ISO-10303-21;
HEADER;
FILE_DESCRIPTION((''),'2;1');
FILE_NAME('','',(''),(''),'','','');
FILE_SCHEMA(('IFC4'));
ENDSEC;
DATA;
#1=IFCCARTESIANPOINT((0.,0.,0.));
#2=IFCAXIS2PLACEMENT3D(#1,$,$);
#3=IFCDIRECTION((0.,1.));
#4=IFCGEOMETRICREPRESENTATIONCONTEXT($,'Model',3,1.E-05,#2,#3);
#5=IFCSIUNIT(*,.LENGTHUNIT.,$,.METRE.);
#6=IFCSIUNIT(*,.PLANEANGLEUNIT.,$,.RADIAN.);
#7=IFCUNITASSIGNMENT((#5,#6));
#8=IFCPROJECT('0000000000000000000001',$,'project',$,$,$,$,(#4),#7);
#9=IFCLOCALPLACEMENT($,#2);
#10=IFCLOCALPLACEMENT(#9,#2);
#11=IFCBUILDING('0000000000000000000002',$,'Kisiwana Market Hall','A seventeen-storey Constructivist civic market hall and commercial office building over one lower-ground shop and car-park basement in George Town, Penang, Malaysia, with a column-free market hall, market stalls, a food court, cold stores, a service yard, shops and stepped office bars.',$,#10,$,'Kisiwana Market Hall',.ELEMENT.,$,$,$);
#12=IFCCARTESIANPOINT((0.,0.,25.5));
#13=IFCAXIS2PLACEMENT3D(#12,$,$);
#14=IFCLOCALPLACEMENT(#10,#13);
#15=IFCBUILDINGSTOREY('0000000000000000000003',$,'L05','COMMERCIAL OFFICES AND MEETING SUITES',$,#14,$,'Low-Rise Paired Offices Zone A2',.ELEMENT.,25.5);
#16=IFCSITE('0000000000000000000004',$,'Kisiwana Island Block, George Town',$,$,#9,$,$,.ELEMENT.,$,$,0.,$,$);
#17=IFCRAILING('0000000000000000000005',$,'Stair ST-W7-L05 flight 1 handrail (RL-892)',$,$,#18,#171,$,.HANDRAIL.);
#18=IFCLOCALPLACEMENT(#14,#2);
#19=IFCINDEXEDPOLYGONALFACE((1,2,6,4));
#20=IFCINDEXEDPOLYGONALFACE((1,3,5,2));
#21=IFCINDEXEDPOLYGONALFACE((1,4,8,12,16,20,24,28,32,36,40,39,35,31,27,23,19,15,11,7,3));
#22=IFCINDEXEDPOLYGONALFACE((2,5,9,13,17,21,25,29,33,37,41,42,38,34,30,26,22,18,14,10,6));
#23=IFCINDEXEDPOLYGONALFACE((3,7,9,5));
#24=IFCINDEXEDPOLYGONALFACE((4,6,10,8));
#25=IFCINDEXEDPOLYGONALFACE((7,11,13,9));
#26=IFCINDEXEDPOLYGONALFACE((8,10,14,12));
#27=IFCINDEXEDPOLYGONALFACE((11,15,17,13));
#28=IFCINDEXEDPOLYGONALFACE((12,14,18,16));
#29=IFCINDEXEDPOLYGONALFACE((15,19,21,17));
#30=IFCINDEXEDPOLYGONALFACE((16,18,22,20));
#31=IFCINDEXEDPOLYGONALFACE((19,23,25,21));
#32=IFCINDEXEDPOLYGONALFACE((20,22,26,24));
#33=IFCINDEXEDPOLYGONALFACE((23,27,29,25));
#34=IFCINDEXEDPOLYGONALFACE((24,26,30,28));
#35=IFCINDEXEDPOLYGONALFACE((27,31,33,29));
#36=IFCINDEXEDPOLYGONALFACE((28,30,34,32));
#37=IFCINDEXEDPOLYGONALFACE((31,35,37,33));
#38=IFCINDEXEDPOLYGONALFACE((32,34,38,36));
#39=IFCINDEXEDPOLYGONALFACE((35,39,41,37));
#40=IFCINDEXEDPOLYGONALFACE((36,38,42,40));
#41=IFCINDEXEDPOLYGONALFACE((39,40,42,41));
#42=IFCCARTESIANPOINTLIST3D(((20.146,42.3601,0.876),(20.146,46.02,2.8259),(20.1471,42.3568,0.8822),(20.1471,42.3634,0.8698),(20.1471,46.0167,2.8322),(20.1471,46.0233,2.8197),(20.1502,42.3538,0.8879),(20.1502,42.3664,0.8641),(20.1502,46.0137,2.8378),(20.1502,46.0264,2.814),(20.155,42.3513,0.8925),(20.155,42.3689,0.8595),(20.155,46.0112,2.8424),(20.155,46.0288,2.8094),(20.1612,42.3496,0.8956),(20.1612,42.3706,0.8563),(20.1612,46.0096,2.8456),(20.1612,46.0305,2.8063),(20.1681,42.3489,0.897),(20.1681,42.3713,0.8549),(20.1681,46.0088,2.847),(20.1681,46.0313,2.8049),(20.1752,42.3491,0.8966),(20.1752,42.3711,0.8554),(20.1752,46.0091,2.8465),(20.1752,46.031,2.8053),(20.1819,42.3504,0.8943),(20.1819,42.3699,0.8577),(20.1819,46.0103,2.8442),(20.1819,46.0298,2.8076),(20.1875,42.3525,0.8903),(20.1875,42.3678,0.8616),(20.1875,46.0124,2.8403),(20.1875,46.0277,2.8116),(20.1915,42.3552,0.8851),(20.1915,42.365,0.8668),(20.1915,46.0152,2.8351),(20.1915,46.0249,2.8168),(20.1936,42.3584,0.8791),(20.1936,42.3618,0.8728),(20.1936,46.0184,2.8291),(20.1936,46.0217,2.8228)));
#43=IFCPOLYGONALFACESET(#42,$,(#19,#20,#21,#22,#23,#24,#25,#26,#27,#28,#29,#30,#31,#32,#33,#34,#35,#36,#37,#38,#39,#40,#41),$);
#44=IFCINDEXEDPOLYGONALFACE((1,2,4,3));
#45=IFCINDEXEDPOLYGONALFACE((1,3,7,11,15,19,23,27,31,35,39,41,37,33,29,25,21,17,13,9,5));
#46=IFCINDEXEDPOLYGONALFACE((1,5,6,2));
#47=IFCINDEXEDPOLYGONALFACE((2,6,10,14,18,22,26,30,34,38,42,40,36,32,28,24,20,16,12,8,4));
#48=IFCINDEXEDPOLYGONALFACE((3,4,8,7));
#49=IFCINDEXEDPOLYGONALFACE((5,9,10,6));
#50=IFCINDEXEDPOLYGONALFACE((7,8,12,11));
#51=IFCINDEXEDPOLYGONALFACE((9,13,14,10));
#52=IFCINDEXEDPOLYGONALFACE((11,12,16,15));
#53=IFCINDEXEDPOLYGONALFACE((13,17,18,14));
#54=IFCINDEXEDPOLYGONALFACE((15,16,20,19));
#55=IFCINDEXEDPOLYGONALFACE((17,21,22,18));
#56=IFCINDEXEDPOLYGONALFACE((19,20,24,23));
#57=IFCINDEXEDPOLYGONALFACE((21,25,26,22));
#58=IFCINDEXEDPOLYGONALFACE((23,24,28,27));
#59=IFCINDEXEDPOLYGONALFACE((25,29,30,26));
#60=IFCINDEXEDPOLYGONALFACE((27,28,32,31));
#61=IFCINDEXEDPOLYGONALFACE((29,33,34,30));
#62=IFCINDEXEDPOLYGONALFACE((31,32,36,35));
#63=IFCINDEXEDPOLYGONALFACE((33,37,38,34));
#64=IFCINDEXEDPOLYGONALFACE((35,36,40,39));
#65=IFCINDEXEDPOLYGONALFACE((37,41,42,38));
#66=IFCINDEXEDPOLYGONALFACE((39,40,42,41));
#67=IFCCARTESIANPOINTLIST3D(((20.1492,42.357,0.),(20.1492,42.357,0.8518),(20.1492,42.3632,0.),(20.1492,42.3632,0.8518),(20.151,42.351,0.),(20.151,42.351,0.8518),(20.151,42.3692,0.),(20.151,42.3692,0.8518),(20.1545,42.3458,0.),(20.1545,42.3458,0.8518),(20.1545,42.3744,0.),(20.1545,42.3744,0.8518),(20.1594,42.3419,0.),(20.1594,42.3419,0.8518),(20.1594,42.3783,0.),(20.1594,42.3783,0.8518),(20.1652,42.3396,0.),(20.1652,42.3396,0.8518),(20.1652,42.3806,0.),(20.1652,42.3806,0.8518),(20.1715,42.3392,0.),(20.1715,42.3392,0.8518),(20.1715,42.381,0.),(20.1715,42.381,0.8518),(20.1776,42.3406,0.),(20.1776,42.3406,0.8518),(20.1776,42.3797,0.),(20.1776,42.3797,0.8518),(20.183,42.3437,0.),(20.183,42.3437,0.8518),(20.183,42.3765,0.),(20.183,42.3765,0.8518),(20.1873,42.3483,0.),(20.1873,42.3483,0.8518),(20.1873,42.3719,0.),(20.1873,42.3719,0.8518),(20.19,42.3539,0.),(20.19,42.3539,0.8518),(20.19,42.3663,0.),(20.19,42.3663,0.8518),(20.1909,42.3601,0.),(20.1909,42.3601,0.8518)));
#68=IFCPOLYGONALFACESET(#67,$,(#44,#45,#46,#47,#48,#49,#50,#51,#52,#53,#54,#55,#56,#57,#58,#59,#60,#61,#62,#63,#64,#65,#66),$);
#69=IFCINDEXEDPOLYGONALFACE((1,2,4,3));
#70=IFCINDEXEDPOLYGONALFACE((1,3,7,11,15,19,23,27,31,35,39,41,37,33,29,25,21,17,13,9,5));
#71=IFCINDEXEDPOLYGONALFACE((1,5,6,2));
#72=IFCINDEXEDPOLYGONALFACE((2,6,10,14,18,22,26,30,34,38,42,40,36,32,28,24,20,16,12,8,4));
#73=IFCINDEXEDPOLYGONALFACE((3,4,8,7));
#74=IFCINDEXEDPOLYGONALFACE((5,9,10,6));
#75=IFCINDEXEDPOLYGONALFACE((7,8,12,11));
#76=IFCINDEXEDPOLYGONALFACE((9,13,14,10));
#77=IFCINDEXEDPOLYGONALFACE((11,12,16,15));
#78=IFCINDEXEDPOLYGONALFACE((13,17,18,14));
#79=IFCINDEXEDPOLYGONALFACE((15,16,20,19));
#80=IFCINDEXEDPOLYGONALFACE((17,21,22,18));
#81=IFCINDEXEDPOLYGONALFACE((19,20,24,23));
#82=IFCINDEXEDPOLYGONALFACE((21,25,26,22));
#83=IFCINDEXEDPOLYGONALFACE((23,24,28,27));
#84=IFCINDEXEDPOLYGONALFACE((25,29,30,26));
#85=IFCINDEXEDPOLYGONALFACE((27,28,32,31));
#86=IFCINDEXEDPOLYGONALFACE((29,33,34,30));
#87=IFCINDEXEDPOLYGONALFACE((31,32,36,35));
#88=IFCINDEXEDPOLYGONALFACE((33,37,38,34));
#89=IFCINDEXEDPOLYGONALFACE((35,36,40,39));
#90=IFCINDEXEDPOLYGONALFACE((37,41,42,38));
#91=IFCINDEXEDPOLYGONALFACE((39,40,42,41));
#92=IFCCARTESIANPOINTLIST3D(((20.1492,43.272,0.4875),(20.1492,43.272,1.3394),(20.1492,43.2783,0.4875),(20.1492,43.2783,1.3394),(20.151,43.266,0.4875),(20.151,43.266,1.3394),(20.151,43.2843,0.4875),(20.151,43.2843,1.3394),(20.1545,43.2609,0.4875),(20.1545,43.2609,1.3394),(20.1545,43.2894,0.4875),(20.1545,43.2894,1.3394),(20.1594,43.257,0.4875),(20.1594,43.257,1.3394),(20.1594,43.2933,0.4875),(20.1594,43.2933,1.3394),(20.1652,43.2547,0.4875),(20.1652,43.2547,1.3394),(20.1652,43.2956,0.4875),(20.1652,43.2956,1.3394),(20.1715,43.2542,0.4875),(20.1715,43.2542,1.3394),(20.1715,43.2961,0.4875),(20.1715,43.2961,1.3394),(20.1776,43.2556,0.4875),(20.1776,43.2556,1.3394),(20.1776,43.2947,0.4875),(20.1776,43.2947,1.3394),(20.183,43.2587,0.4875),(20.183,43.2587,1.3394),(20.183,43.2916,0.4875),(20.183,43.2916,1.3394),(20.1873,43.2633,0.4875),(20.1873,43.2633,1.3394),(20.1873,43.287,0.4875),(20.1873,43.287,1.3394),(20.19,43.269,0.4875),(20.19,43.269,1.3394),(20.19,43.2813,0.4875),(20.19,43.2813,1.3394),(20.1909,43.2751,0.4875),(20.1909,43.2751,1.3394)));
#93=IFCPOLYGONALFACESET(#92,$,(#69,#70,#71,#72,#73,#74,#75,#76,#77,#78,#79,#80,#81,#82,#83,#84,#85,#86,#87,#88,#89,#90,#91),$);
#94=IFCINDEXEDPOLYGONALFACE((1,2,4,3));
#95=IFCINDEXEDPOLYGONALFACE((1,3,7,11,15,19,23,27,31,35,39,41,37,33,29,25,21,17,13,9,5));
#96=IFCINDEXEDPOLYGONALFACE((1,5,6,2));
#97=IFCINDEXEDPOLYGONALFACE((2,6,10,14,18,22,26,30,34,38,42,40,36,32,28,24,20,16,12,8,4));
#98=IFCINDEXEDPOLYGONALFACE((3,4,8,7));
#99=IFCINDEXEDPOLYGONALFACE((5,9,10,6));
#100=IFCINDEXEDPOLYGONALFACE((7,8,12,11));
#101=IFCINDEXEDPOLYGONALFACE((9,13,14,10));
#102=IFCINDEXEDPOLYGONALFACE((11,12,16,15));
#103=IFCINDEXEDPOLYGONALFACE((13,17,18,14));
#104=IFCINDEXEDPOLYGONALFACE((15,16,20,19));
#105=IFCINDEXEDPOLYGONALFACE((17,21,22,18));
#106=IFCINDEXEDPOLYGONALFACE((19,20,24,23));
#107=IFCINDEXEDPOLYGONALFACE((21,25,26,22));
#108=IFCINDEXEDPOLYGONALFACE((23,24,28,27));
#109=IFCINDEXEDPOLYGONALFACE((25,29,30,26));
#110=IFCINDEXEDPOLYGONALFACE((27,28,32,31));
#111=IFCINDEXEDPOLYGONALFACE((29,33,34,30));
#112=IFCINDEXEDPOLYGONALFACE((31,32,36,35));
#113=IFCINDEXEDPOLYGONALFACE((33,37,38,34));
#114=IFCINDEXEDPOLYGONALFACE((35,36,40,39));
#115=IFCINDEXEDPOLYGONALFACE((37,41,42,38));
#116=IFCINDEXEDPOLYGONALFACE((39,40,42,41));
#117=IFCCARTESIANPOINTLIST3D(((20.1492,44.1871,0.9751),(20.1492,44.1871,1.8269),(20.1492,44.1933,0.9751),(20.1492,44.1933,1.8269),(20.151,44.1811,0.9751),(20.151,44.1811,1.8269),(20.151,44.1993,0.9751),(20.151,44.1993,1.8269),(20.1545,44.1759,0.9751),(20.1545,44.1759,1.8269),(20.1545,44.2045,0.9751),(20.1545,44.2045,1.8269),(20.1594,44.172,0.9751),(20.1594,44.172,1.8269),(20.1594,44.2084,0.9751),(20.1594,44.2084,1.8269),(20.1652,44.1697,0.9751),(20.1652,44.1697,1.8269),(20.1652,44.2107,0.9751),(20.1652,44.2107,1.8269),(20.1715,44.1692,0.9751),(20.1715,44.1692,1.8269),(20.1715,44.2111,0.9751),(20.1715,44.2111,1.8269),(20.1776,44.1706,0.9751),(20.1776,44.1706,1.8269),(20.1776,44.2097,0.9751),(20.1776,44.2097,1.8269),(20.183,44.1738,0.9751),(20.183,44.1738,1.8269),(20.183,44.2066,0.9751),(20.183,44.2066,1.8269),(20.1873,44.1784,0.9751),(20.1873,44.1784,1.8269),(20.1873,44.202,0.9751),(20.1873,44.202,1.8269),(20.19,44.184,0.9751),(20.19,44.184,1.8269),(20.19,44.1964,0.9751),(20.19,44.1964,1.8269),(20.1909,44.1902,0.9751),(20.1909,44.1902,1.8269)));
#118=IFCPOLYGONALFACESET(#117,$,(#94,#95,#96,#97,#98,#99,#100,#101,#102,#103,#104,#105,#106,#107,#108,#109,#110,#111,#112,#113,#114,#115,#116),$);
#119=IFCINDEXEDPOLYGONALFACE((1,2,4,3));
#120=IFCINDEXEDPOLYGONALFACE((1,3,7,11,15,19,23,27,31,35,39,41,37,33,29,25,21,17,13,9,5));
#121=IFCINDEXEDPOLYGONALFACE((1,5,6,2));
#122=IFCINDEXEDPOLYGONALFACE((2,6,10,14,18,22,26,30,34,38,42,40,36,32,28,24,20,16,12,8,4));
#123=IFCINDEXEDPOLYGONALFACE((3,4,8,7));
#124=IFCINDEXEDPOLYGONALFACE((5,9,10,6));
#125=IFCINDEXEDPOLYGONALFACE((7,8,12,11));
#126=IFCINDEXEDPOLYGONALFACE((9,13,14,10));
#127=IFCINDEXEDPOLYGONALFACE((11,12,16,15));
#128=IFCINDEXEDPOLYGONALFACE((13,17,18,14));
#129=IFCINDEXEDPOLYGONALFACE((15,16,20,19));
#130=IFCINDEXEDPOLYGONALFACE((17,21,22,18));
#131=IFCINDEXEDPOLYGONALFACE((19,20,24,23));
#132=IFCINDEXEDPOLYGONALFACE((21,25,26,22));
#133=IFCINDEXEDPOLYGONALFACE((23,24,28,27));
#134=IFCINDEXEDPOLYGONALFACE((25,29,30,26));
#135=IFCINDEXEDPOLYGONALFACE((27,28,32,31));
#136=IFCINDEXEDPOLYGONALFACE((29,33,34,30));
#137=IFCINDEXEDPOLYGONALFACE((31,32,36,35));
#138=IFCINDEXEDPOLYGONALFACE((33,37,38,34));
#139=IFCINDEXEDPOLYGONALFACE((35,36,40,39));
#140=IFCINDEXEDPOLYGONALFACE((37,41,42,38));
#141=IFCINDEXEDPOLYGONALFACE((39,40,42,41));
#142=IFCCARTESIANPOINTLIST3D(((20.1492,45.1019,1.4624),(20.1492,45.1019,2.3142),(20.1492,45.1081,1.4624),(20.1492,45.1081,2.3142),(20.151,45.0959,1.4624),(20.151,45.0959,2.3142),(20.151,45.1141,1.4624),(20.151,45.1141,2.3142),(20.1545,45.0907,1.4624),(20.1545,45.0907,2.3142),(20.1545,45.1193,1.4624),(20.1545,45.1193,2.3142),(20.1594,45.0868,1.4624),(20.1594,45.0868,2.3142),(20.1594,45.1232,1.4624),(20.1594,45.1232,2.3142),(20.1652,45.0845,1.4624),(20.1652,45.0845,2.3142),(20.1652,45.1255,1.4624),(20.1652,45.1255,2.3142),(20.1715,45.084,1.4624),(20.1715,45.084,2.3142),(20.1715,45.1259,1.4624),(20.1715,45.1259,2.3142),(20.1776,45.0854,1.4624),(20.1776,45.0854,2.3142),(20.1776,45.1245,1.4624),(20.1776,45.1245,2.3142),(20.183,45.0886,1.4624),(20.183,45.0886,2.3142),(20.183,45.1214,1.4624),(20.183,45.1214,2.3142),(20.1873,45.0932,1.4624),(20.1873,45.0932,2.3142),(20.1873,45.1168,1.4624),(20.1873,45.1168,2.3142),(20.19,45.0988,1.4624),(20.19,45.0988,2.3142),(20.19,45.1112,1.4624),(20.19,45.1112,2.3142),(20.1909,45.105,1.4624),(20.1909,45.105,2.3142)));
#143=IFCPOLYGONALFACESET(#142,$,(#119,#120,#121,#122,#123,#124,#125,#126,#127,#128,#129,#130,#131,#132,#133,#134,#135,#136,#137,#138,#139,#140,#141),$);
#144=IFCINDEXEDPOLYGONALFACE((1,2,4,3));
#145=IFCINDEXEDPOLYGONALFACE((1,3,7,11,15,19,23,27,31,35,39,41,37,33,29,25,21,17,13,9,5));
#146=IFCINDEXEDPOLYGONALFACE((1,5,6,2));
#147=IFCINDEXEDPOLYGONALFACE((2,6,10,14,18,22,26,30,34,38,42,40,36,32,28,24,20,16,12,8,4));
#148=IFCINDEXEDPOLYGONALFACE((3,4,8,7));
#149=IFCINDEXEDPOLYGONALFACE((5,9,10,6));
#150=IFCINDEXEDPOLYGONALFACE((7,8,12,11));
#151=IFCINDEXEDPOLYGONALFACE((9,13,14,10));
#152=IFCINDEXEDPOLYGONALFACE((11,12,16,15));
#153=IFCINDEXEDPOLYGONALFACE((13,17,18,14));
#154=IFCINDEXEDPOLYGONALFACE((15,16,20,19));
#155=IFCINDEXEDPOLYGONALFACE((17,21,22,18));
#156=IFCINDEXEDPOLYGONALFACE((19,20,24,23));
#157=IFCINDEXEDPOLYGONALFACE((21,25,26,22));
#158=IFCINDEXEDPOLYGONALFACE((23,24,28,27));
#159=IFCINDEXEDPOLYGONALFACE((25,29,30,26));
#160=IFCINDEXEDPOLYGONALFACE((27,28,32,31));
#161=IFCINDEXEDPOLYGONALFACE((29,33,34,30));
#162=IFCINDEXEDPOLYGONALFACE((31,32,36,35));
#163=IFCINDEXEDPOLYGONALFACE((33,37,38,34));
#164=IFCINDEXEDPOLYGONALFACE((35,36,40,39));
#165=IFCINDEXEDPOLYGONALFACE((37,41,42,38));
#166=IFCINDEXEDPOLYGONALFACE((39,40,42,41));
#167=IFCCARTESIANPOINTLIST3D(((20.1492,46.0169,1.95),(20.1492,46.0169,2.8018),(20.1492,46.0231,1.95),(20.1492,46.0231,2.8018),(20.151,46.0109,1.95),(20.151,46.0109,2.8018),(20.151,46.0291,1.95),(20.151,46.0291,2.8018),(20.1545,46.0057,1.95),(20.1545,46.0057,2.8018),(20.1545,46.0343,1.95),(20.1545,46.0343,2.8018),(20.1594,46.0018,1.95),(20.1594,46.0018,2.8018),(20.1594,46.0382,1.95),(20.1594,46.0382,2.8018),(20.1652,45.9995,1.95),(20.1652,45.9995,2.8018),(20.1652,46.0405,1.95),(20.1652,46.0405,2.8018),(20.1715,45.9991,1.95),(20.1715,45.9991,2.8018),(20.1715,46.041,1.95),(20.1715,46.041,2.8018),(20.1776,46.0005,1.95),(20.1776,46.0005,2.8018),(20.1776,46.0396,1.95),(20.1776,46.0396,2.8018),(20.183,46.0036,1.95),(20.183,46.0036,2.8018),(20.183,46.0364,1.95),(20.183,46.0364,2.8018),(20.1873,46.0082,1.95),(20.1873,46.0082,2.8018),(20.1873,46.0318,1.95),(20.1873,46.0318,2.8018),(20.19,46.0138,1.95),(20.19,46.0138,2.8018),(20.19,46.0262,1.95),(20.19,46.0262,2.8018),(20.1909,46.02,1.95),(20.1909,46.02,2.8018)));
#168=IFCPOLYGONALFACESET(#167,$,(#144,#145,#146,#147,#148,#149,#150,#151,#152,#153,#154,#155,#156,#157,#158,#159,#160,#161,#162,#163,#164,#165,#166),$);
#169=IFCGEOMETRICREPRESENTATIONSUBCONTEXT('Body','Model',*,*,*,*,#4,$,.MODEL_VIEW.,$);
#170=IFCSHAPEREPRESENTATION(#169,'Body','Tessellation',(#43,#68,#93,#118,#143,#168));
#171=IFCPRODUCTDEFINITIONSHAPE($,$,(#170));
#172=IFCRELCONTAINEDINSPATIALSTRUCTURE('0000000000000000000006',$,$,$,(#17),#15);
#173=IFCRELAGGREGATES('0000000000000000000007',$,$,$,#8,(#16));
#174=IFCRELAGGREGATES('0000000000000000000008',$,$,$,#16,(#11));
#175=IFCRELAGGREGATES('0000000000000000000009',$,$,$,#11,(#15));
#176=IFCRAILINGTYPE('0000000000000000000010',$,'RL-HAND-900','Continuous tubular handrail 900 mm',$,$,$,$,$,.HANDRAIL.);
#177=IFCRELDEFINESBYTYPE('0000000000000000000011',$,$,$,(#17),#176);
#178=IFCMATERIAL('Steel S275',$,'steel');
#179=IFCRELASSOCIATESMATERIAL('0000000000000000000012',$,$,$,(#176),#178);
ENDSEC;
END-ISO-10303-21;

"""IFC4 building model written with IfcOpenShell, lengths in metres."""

from ifc_helpers import new_model, si_unit, direction, frame, origin, origin_2d, place, context, subcontext, project, spatial, circle, extrude, material, type_object, element, save


model = new_model("IFC4")

# Units and contexts
model_context = context("Model", 3, precision=1e-05, world=origin(), true_north=direction((0.0, 1.0)))
body_context = subcontext(model_context, "Body", "Model", "MODEL_VIEW")
ifc_project = project(units=[si_unit("LENGTHUNIT", "METRE"), si_unit("PLANEANGLEUNIT", "RADIAN")], contexts=[model_context])

# Site, building, storey
site_placement = place(None, origin())
site = spatial("IfcSite", under=ifc_project, at=site_placement, Name="Kisiwana Island Block, George Town", CompositionType="ELEMENT", RefElevation=0.0)
building_placement = place(site_placement, origin())
building = spatial("IfcBuilding", under=site, at=building_placement, Name="Kisiwana Market Hall", Description="A seventeen-storey Constructivist civic market hall and commercial office building over one lower-ground shop and car-park basement in George Town, Penang, Malaysia, with a column-free market hall, market stalls, a food court, cold stores, a service yard, shops and stepped office bars.", LongName="Kisiwana Market Hall", CompositionType="ELEMENT")
storey_placement = place(building_placement, frame((0.0, 0.0, 25.5)))
storey = spatial("IfcBuildingStorey", under=building, at=storey_placement, Name="L05", Description="COMMERCIAL OFFICES AND MEETING SUITES", LongName="Low-Rise Paired Offices Zone A2", CompositionType="ELEMENT", Elevation=25.5)

# Railing
ifc_material_1 = material(Name="Steel S275", Category="steel")
railing_type_1 = type_object("IfcRailingType", Name="RL-HAND-900", Description="Continuous tubular handrail 900 mm", PredefinedType="HANDRAIL", material=ifc_material_1)
for number, where, name in (
    (1, (20.1699, 42.3601, 0.0), "Stair ST-W7-L05 flight 1 handrail (RL-892)"),
):
    element("IfcRailing", number, at=place(storey_placement, frame(where)), inside=storey, type_object=railing_type_1, Name=name, PredefinedType="HANDRAIL", context=body_context, shape_type="SweptSolid", body=[
        extrude(circle(Radius=0.0239, at=origin_2d()), frame((0.0, 0.0, 0.876), z_axis=(0.0, 0.882553, 0.470212), x_axis=(-1.0, 0.0, 0.0)), (0.0, 0.0, 1.0), 4.147),
        extrude(circle(Radius=0.021, at=origin_2d()), origin(), (0.0, 0.0, 1.0), 0.8518),
        extrude(circle(Radius=0.021, at=origin_2d()), frame((0.0, 0.915, 0.4875)), (0.0, 0.0, 1.0), 0.8518),
        extrude(circle(Radius=0.021, at=origin_2d()), frame((0.0, 1.8301, 0.9751)), (0.0, 0.0, 1.0), 0.8518),
        extrude(circle(Radius=0.021, at=origin_2d()), frame((0.0, 2.7449, 1.4624)), (0.0, 0.0, 1.0), 0.8518),
        extrude(circle(Radius=0.021, at=origin_2d()), frame((0.0, 3.6599, 1.95)), (0.0, 0.0, 1.0), 0.8518),
    ])

save(model, "model.ifc")
